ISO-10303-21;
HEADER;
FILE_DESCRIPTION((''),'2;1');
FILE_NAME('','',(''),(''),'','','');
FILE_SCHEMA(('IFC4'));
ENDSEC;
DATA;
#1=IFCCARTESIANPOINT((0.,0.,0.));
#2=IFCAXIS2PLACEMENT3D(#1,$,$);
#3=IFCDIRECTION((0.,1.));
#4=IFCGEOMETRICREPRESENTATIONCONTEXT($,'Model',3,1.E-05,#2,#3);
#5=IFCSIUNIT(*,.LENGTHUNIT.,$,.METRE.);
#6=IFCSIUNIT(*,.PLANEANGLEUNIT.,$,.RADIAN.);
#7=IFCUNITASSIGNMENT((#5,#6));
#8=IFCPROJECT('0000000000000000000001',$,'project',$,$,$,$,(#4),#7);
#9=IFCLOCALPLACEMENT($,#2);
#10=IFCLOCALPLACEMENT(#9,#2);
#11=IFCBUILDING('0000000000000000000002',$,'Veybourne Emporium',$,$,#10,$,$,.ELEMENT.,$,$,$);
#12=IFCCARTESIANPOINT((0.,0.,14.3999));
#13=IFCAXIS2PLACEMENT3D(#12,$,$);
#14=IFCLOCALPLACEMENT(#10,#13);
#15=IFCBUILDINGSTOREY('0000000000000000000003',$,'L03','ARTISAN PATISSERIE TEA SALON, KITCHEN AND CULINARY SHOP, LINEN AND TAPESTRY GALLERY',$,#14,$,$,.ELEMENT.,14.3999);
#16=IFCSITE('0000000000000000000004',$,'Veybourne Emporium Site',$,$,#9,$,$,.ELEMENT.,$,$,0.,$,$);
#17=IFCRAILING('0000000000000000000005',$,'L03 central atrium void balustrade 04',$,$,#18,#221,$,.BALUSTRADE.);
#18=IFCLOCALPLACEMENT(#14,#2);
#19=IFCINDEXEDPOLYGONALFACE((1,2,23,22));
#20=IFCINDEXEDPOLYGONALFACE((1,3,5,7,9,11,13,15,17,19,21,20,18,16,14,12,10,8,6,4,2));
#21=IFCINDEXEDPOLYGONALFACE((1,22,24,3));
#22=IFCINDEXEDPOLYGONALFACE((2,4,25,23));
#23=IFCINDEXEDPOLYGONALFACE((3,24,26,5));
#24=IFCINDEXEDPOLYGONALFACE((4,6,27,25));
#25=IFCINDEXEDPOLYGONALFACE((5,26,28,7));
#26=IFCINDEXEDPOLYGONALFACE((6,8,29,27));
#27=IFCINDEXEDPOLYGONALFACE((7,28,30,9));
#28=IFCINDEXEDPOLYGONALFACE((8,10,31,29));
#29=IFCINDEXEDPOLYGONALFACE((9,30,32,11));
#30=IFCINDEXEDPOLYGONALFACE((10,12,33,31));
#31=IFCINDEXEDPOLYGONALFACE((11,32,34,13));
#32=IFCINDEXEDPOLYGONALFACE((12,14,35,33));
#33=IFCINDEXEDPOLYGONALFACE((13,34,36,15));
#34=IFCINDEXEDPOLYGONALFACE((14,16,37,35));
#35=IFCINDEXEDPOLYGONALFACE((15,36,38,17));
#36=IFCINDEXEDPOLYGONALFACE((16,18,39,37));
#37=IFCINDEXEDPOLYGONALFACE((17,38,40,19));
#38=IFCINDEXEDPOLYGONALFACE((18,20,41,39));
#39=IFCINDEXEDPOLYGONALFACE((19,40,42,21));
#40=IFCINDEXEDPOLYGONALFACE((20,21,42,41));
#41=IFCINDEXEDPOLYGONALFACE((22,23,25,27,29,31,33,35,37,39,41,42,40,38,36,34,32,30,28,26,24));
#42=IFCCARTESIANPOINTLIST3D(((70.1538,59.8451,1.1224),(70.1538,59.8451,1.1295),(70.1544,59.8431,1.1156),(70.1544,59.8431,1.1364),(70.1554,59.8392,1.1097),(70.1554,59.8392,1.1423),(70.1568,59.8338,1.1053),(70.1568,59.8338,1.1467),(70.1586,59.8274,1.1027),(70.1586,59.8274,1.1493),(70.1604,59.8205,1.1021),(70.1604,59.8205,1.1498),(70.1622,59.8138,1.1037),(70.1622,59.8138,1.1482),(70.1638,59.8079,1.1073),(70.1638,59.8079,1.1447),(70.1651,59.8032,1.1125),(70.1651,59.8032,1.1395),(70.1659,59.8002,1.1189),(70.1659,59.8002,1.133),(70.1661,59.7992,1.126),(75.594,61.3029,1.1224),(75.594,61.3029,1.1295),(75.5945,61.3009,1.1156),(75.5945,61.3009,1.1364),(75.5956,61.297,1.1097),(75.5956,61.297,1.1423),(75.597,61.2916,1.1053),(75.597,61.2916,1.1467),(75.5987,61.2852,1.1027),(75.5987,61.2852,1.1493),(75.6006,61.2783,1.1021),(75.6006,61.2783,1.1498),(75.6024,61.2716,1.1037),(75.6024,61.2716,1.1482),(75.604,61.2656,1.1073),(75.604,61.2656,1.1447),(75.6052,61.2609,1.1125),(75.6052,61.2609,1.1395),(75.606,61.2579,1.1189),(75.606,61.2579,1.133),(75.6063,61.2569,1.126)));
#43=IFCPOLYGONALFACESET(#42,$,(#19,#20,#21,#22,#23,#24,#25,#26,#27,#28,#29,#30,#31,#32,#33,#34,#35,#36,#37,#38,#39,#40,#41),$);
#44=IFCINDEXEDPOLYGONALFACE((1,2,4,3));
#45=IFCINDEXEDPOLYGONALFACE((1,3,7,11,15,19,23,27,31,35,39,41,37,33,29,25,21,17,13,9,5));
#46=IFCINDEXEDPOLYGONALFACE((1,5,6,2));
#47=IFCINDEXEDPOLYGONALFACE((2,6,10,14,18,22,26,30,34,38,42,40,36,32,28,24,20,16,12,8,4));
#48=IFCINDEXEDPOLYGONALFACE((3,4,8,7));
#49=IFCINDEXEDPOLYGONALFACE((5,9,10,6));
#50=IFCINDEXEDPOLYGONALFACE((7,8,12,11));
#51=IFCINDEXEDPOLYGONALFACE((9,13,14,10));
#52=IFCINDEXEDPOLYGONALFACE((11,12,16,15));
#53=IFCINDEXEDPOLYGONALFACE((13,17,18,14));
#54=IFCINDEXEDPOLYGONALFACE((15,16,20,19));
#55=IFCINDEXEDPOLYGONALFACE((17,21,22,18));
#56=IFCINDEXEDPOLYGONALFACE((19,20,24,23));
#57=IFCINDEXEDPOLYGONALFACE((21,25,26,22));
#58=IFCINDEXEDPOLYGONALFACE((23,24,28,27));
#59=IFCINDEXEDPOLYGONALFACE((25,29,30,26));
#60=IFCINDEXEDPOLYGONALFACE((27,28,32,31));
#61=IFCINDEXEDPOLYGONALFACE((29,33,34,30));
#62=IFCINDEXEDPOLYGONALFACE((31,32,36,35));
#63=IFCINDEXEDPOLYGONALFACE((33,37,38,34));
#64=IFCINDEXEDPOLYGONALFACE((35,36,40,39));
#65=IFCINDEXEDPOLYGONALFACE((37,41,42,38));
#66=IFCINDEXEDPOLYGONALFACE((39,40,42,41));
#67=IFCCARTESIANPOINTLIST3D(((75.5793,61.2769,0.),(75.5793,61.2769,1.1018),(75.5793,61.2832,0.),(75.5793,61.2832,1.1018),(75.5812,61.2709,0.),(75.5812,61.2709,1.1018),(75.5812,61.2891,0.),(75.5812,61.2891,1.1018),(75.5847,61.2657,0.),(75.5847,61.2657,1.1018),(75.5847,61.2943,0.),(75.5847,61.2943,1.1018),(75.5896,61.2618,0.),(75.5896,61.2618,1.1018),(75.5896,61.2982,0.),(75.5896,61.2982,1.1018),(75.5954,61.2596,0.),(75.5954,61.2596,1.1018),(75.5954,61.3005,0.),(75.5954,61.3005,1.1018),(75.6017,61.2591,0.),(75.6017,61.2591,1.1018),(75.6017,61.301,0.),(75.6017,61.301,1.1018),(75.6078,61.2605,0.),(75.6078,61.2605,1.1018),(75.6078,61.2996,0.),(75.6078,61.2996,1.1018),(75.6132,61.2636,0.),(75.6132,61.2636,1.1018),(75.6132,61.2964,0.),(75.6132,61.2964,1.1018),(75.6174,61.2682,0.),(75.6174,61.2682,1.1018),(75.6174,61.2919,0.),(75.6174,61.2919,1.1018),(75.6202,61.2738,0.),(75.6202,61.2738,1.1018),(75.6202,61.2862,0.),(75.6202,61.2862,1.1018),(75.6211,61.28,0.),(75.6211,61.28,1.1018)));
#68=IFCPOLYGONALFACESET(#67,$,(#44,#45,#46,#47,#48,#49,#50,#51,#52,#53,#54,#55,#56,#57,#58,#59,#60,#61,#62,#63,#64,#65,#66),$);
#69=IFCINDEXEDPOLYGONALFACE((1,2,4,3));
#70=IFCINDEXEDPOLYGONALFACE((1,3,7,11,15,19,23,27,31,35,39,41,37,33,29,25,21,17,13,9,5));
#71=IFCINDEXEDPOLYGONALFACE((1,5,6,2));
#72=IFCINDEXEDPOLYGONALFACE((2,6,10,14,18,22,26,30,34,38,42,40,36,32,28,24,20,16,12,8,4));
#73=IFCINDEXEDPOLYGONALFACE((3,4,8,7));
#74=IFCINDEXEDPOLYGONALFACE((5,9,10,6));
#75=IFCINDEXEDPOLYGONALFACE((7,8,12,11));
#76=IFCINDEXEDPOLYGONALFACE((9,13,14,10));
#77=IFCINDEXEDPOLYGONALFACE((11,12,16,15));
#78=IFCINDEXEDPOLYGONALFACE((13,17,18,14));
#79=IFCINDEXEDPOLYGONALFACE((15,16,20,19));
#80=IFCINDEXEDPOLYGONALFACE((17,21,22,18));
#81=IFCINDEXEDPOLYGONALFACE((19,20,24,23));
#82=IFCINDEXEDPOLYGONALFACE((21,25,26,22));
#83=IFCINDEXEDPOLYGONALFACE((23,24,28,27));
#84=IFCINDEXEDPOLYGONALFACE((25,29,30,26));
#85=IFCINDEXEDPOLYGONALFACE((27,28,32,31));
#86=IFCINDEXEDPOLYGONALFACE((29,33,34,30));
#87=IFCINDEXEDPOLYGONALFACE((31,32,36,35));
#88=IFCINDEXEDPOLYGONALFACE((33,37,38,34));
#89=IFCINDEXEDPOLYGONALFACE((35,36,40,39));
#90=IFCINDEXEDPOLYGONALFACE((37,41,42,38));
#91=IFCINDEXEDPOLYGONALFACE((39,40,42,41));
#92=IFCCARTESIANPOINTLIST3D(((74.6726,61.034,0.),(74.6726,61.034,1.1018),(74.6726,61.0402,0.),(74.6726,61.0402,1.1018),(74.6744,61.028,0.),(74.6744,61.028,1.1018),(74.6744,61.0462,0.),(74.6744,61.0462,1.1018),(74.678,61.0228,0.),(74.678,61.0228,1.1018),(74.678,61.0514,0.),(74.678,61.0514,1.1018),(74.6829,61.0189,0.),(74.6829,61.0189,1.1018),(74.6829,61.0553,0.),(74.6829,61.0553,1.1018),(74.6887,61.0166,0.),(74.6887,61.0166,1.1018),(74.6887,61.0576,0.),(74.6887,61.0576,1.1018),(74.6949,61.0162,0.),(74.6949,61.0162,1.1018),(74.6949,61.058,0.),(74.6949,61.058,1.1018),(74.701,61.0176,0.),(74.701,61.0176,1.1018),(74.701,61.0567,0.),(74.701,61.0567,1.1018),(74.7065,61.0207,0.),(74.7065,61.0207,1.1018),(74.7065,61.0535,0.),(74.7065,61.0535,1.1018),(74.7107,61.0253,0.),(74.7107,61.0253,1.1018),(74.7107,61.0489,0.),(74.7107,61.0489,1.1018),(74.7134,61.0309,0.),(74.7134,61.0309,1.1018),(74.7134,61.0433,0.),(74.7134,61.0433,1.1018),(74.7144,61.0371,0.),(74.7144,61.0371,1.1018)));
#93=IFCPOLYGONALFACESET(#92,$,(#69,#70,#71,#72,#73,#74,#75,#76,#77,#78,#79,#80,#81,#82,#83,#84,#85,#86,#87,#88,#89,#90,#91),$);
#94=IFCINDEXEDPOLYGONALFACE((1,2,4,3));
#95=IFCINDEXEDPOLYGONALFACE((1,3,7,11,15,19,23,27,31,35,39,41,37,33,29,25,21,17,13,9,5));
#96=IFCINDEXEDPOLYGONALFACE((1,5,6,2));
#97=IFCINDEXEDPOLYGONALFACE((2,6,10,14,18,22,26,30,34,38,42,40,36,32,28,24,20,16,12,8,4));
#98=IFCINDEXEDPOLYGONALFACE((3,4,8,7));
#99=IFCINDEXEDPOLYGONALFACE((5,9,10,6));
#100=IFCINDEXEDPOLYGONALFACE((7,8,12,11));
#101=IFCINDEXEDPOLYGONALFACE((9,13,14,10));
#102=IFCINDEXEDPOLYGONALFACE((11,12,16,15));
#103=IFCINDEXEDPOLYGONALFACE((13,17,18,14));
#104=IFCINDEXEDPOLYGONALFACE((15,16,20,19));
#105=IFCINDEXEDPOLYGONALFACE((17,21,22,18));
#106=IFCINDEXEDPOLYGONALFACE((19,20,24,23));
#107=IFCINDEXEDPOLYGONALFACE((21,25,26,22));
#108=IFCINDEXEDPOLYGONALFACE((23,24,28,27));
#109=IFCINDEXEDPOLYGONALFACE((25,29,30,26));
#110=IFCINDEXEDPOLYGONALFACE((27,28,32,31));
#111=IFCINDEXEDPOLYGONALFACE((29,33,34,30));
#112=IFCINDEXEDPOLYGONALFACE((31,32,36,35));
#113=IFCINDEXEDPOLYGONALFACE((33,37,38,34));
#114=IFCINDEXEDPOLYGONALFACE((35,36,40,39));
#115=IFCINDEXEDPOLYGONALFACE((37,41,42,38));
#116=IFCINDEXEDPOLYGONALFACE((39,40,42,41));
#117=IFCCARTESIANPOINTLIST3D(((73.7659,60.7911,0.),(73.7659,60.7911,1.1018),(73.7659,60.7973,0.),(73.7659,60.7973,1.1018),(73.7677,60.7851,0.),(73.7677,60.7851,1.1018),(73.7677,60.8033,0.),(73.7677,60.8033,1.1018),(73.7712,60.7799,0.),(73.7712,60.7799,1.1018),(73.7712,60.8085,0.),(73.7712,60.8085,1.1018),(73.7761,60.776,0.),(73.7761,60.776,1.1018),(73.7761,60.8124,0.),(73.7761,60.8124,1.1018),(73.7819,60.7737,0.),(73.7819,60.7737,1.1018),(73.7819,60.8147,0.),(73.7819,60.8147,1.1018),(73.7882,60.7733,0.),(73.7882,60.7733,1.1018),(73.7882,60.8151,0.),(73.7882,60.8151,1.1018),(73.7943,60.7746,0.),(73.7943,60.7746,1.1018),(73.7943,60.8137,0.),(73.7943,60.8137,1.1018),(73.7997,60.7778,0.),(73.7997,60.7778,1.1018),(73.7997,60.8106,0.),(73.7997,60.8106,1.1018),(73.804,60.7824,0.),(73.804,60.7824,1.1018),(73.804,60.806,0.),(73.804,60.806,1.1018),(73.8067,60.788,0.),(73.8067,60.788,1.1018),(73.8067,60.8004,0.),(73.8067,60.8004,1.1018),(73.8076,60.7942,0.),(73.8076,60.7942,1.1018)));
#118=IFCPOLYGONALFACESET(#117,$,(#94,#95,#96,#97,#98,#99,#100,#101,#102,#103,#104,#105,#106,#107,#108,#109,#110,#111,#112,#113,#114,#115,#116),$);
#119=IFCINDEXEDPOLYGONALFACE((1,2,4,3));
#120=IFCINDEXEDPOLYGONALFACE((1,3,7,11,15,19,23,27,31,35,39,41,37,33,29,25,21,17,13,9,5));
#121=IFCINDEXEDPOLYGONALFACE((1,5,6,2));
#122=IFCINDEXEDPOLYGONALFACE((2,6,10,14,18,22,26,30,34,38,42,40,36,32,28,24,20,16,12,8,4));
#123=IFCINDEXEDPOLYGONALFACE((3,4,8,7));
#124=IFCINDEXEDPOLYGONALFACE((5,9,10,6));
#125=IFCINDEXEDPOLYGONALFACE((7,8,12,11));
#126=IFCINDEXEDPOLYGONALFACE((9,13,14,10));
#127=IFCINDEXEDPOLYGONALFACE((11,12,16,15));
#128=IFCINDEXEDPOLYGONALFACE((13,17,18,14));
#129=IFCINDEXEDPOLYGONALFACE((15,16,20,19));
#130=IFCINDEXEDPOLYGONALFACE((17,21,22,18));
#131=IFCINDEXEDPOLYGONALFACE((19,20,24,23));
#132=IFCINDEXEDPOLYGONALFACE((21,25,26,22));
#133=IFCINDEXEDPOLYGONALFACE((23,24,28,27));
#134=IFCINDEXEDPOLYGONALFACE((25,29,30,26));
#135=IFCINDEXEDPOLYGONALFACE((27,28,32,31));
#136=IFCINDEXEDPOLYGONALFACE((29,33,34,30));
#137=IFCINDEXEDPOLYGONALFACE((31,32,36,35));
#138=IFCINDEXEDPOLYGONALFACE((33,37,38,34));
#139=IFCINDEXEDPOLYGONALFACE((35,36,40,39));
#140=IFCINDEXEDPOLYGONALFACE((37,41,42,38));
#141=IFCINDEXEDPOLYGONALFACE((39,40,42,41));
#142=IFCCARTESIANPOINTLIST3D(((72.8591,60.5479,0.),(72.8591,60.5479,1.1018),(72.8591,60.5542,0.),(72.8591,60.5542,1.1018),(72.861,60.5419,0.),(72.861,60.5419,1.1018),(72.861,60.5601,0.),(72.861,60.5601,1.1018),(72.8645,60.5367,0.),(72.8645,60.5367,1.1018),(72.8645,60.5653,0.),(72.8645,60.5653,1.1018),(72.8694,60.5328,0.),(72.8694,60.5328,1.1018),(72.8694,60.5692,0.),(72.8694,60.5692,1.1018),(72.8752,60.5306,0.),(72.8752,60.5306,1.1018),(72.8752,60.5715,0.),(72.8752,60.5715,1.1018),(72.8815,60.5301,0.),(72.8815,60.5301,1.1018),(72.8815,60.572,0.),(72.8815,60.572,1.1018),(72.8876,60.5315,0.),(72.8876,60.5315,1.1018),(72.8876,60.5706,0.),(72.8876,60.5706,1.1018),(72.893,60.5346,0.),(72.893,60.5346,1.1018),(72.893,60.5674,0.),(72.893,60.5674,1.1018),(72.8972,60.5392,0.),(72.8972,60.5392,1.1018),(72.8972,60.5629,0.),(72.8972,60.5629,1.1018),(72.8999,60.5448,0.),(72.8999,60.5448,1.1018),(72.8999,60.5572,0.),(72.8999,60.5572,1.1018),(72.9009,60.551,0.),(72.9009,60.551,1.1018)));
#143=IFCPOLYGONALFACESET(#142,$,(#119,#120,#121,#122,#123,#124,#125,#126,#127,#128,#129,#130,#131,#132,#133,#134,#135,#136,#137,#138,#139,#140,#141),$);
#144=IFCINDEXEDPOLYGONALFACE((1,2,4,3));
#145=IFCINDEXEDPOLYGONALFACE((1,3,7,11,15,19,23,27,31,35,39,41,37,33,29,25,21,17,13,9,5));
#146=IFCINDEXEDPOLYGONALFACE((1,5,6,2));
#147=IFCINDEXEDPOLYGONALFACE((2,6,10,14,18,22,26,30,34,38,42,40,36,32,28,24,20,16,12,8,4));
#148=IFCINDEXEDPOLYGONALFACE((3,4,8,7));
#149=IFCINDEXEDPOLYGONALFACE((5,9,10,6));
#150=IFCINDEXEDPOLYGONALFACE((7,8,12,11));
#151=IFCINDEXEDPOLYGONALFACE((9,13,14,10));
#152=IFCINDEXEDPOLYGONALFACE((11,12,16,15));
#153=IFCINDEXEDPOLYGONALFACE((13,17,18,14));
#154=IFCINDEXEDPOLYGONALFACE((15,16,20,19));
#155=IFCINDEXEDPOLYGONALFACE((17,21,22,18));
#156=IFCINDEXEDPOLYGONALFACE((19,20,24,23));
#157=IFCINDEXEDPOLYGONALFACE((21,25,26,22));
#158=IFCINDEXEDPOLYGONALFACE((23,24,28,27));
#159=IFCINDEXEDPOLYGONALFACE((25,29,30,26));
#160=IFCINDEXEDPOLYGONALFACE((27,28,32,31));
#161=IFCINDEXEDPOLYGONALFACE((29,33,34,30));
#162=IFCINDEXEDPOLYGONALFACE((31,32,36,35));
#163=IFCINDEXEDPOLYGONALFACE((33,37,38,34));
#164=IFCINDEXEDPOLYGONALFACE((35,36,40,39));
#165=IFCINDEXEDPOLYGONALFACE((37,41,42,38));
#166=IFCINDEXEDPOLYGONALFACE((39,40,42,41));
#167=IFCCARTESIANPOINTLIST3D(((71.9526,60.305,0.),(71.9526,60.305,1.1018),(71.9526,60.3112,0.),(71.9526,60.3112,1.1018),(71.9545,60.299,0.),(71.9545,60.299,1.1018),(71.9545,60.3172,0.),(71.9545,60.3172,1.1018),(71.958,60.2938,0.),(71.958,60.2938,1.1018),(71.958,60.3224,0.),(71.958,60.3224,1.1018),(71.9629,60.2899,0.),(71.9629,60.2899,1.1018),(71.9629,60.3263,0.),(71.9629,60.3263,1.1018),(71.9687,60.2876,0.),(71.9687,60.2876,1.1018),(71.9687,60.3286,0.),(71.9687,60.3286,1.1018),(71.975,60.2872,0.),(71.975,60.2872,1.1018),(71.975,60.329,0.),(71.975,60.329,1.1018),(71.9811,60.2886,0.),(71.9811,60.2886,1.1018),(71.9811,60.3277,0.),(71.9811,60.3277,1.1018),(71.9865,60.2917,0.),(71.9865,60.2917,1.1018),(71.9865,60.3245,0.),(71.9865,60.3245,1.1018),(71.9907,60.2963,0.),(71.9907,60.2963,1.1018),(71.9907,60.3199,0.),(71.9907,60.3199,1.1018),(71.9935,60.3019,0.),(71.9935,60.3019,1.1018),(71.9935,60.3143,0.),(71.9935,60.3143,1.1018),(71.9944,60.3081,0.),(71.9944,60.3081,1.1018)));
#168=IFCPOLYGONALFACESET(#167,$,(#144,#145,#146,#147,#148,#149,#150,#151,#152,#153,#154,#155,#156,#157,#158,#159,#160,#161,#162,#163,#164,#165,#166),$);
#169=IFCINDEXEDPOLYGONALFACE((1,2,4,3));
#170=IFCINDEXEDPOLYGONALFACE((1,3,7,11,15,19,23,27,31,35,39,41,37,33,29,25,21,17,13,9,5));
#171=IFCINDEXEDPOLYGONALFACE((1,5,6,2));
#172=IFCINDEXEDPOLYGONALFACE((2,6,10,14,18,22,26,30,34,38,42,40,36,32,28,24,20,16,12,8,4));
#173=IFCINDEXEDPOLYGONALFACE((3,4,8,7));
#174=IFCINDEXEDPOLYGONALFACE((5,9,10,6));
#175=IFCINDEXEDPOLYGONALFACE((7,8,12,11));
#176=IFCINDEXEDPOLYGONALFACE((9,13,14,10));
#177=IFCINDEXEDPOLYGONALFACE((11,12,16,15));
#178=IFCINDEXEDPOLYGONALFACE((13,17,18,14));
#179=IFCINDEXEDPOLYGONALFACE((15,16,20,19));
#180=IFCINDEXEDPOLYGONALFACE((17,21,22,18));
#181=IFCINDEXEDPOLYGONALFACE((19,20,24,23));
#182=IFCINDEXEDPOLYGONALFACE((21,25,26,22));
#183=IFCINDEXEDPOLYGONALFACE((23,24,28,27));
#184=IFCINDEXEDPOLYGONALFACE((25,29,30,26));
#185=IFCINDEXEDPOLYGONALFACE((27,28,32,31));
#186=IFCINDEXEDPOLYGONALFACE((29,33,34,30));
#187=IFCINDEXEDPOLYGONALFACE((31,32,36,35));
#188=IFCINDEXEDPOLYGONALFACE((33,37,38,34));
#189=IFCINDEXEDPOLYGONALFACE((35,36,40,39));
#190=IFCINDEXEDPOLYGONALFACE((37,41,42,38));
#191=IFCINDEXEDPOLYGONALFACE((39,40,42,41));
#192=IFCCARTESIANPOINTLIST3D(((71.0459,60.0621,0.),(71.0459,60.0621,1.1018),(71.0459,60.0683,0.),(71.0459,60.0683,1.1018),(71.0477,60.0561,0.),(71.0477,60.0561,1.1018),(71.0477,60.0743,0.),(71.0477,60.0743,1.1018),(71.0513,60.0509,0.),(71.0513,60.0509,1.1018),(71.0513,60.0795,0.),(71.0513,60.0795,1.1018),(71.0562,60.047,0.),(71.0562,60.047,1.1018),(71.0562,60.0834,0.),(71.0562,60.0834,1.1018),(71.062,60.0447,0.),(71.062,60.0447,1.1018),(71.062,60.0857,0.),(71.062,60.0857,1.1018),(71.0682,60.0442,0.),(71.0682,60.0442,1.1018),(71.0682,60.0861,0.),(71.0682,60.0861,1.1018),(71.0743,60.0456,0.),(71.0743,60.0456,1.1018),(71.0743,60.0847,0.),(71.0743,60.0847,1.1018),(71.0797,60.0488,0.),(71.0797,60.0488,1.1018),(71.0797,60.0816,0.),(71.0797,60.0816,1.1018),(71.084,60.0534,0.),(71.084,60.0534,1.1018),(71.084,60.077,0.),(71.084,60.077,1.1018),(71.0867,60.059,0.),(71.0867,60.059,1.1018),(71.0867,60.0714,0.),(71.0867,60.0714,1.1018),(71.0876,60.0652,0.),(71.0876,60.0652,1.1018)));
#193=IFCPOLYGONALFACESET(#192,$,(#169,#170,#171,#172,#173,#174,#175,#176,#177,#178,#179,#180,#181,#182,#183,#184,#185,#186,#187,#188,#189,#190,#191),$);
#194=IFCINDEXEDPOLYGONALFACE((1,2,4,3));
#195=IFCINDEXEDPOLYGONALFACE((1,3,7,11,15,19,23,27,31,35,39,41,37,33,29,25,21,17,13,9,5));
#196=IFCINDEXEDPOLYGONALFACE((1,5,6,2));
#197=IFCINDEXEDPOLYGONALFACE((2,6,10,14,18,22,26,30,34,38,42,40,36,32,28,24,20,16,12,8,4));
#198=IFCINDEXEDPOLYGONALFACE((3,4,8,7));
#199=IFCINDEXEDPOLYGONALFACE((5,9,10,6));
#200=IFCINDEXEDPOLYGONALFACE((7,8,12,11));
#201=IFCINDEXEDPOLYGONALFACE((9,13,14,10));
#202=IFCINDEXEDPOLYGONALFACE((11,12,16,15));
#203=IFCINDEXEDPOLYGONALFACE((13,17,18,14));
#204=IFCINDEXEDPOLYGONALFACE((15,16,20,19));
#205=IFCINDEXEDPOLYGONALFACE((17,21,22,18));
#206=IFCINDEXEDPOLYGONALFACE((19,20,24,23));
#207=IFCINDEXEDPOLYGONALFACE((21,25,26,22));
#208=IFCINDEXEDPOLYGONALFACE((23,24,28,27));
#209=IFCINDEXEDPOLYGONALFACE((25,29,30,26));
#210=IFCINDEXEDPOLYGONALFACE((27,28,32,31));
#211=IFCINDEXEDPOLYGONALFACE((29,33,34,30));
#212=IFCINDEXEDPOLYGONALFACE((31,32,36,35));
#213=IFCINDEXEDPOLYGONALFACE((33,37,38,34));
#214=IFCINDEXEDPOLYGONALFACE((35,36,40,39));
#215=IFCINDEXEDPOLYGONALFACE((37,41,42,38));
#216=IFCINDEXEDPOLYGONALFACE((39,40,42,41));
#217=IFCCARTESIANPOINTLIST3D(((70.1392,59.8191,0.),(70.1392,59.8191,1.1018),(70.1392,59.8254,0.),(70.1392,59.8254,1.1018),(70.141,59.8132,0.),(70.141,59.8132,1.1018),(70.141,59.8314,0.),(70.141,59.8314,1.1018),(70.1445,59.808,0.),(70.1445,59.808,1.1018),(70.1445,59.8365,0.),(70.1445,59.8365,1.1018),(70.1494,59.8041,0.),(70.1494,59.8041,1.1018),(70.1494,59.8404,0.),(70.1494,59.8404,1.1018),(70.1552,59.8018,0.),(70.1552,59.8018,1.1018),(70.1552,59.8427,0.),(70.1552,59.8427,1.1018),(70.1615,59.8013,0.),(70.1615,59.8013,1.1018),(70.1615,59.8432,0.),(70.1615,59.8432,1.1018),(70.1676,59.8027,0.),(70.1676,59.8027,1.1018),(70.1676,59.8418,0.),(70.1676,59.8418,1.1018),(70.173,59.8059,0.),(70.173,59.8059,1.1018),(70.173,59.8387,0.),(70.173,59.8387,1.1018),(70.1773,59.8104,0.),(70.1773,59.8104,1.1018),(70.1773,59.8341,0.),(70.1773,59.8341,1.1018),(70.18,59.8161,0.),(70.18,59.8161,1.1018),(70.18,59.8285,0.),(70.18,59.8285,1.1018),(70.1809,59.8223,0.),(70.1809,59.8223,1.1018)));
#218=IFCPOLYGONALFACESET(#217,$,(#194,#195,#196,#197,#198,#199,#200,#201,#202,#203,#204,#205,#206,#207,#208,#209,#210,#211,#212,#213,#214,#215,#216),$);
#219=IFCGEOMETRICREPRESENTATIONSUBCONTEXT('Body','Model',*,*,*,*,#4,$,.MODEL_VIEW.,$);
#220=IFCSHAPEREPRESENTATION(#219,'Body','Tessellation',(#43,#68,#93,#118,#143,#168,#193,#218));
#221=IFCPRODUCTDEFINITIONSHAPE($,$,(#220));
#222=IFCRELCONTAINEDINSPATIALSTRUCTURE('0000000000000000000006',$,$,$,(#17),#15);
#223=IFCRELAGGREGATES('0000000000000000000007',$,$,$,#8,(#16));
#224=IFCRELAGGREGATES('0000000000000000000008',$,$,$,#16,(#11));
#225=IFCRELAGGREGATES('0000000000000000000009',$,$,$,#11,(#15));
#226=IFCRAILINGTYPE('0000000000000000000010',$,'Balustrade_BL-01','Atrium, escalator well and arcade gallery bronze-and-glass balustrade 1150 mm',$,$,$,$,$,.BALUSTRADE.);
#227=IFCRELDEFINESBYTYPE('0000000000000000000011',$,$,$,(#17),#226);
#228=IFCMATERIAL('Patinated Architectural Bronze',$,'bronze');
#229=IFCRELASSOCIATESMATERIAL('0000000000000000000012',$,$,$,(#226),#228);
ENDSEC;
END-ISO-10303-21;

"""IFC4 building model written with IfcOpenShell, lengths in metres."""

from ifc_helpers import new_model, si_unit, direction, frame, origin, origin_2d, place, context, subcontext, project, spatial, circle, extrude, material, type_object, element, save


model = new_model("IFC4")

# Units and contexts
model_context = context("Model", 3, precision=1e-05, world=origin(), true_north=direction((0.0, 1.0)))
body_context = subcontext(model_context, "Body", "Model", "MODEL_VIEW")
ifc_project = project(units=[si_unit("LENGTHUNIT", "METRE"), si_unit("PLANEANGLEUNIT", "RADIAN")], contexts=[model_context])

# Site, building, storey
site_placement = place(None, origin())
site = spatial("IfcSite", under=ifc_project, at=site_placement, Name="Veybourne Emporium Site", CompositionType="ELEMENT", RefElevation=0.0)
building_placement = place(site_placement, origin())
building = spatial("IfcBuilding", under=site, at=building_placement, Name="Veybourne Emporium", CompositionType="ELEMENT")
storey_placement = place(building_placement, frame((0.0, 0.0, 14.3999)))
storey = spatial("IfcBuildingStorey", under=building, at=storey_placement, Name="L03", Description="ARTISAN PATISSERIE TEA SALON, KITCHEN AND CULINARY SHOP, LINEN AND TAPESTRY GALLERY", CompositionType="ELEMENT", Elevation=14.3999)

# Railing
ifc_material_1 = material(Name="Patinated Architectural Bronze", Category="bronze")
railing_type = type_object("IfcRailingType", Name="Balustrade_BL-01", Description="Atrium, escalator well and arcade gallery bronze-and-glass balustrade 1150 mm", PredefinedType="BALUSTRADE", material=ifc_material_1)
railing_1_placement = place(storey_placement, frame((75.6001, 61.28, 0.0)))
element("IfcRailing", 1, at=railing_1_placement, inside=storey, type_object=railing_type, Name="L03 central atrium void balustrade 04", PredefinedType="BALUSTRADE", context=body_context, shape_type="SweptSolid", body=[
    extrude(circle(Radius=0.0239, at=origin_2d()), frame((0.0, 0.0, 1.126), z_axis=(-0.965923, -0.258831, 0.0), x_axis=(0.258831, -0.965923, 0.0)), (0.0, 0.0, 1.0), 5.6321),
    extrude(circle(Radius=0.021, at=origin_2d()), origin(), (0.0, 0.0, 1.0), 1.1018),
    extrude(circle(Radius=0.021, at=origin_2d()), frame((-0.9067, -0.2429, 0.0)), (0.0, 0.0, 1.0), 1.1018),
    extrude(circle(Radius=0.021, at=origin_2d()), frame((-1.8135, -0.4858, 0.0)), (0.0, 0.0, 1.0), 1.1018),
    extrude(circle(Radius=0.021, at=origin_2d()), frame((-2.7202, -0.729, 0.0)), (0.0, 0.0, 1.0), 1.1018),
    extrude(circle(Radius=0.021, at=origin_2d()), frame((-3.6267, -0.9719, 0.0)), (0.0, 0.0, 1.0), 1.1018),
    extrude(circle(Radius=0.021, at=origin_2d()), frame((-4.5334, -1.2148, 0.0)), (0.0, 0.0, 1.0), 1.1018),
    extrude(circle(Radius=0.021, at=origin_2d()), frame((-5.4402, -1.4578, 0.0)), (0.0, 0.0, 1.0), 1.1018),
])

save(model, "model.ifc")
